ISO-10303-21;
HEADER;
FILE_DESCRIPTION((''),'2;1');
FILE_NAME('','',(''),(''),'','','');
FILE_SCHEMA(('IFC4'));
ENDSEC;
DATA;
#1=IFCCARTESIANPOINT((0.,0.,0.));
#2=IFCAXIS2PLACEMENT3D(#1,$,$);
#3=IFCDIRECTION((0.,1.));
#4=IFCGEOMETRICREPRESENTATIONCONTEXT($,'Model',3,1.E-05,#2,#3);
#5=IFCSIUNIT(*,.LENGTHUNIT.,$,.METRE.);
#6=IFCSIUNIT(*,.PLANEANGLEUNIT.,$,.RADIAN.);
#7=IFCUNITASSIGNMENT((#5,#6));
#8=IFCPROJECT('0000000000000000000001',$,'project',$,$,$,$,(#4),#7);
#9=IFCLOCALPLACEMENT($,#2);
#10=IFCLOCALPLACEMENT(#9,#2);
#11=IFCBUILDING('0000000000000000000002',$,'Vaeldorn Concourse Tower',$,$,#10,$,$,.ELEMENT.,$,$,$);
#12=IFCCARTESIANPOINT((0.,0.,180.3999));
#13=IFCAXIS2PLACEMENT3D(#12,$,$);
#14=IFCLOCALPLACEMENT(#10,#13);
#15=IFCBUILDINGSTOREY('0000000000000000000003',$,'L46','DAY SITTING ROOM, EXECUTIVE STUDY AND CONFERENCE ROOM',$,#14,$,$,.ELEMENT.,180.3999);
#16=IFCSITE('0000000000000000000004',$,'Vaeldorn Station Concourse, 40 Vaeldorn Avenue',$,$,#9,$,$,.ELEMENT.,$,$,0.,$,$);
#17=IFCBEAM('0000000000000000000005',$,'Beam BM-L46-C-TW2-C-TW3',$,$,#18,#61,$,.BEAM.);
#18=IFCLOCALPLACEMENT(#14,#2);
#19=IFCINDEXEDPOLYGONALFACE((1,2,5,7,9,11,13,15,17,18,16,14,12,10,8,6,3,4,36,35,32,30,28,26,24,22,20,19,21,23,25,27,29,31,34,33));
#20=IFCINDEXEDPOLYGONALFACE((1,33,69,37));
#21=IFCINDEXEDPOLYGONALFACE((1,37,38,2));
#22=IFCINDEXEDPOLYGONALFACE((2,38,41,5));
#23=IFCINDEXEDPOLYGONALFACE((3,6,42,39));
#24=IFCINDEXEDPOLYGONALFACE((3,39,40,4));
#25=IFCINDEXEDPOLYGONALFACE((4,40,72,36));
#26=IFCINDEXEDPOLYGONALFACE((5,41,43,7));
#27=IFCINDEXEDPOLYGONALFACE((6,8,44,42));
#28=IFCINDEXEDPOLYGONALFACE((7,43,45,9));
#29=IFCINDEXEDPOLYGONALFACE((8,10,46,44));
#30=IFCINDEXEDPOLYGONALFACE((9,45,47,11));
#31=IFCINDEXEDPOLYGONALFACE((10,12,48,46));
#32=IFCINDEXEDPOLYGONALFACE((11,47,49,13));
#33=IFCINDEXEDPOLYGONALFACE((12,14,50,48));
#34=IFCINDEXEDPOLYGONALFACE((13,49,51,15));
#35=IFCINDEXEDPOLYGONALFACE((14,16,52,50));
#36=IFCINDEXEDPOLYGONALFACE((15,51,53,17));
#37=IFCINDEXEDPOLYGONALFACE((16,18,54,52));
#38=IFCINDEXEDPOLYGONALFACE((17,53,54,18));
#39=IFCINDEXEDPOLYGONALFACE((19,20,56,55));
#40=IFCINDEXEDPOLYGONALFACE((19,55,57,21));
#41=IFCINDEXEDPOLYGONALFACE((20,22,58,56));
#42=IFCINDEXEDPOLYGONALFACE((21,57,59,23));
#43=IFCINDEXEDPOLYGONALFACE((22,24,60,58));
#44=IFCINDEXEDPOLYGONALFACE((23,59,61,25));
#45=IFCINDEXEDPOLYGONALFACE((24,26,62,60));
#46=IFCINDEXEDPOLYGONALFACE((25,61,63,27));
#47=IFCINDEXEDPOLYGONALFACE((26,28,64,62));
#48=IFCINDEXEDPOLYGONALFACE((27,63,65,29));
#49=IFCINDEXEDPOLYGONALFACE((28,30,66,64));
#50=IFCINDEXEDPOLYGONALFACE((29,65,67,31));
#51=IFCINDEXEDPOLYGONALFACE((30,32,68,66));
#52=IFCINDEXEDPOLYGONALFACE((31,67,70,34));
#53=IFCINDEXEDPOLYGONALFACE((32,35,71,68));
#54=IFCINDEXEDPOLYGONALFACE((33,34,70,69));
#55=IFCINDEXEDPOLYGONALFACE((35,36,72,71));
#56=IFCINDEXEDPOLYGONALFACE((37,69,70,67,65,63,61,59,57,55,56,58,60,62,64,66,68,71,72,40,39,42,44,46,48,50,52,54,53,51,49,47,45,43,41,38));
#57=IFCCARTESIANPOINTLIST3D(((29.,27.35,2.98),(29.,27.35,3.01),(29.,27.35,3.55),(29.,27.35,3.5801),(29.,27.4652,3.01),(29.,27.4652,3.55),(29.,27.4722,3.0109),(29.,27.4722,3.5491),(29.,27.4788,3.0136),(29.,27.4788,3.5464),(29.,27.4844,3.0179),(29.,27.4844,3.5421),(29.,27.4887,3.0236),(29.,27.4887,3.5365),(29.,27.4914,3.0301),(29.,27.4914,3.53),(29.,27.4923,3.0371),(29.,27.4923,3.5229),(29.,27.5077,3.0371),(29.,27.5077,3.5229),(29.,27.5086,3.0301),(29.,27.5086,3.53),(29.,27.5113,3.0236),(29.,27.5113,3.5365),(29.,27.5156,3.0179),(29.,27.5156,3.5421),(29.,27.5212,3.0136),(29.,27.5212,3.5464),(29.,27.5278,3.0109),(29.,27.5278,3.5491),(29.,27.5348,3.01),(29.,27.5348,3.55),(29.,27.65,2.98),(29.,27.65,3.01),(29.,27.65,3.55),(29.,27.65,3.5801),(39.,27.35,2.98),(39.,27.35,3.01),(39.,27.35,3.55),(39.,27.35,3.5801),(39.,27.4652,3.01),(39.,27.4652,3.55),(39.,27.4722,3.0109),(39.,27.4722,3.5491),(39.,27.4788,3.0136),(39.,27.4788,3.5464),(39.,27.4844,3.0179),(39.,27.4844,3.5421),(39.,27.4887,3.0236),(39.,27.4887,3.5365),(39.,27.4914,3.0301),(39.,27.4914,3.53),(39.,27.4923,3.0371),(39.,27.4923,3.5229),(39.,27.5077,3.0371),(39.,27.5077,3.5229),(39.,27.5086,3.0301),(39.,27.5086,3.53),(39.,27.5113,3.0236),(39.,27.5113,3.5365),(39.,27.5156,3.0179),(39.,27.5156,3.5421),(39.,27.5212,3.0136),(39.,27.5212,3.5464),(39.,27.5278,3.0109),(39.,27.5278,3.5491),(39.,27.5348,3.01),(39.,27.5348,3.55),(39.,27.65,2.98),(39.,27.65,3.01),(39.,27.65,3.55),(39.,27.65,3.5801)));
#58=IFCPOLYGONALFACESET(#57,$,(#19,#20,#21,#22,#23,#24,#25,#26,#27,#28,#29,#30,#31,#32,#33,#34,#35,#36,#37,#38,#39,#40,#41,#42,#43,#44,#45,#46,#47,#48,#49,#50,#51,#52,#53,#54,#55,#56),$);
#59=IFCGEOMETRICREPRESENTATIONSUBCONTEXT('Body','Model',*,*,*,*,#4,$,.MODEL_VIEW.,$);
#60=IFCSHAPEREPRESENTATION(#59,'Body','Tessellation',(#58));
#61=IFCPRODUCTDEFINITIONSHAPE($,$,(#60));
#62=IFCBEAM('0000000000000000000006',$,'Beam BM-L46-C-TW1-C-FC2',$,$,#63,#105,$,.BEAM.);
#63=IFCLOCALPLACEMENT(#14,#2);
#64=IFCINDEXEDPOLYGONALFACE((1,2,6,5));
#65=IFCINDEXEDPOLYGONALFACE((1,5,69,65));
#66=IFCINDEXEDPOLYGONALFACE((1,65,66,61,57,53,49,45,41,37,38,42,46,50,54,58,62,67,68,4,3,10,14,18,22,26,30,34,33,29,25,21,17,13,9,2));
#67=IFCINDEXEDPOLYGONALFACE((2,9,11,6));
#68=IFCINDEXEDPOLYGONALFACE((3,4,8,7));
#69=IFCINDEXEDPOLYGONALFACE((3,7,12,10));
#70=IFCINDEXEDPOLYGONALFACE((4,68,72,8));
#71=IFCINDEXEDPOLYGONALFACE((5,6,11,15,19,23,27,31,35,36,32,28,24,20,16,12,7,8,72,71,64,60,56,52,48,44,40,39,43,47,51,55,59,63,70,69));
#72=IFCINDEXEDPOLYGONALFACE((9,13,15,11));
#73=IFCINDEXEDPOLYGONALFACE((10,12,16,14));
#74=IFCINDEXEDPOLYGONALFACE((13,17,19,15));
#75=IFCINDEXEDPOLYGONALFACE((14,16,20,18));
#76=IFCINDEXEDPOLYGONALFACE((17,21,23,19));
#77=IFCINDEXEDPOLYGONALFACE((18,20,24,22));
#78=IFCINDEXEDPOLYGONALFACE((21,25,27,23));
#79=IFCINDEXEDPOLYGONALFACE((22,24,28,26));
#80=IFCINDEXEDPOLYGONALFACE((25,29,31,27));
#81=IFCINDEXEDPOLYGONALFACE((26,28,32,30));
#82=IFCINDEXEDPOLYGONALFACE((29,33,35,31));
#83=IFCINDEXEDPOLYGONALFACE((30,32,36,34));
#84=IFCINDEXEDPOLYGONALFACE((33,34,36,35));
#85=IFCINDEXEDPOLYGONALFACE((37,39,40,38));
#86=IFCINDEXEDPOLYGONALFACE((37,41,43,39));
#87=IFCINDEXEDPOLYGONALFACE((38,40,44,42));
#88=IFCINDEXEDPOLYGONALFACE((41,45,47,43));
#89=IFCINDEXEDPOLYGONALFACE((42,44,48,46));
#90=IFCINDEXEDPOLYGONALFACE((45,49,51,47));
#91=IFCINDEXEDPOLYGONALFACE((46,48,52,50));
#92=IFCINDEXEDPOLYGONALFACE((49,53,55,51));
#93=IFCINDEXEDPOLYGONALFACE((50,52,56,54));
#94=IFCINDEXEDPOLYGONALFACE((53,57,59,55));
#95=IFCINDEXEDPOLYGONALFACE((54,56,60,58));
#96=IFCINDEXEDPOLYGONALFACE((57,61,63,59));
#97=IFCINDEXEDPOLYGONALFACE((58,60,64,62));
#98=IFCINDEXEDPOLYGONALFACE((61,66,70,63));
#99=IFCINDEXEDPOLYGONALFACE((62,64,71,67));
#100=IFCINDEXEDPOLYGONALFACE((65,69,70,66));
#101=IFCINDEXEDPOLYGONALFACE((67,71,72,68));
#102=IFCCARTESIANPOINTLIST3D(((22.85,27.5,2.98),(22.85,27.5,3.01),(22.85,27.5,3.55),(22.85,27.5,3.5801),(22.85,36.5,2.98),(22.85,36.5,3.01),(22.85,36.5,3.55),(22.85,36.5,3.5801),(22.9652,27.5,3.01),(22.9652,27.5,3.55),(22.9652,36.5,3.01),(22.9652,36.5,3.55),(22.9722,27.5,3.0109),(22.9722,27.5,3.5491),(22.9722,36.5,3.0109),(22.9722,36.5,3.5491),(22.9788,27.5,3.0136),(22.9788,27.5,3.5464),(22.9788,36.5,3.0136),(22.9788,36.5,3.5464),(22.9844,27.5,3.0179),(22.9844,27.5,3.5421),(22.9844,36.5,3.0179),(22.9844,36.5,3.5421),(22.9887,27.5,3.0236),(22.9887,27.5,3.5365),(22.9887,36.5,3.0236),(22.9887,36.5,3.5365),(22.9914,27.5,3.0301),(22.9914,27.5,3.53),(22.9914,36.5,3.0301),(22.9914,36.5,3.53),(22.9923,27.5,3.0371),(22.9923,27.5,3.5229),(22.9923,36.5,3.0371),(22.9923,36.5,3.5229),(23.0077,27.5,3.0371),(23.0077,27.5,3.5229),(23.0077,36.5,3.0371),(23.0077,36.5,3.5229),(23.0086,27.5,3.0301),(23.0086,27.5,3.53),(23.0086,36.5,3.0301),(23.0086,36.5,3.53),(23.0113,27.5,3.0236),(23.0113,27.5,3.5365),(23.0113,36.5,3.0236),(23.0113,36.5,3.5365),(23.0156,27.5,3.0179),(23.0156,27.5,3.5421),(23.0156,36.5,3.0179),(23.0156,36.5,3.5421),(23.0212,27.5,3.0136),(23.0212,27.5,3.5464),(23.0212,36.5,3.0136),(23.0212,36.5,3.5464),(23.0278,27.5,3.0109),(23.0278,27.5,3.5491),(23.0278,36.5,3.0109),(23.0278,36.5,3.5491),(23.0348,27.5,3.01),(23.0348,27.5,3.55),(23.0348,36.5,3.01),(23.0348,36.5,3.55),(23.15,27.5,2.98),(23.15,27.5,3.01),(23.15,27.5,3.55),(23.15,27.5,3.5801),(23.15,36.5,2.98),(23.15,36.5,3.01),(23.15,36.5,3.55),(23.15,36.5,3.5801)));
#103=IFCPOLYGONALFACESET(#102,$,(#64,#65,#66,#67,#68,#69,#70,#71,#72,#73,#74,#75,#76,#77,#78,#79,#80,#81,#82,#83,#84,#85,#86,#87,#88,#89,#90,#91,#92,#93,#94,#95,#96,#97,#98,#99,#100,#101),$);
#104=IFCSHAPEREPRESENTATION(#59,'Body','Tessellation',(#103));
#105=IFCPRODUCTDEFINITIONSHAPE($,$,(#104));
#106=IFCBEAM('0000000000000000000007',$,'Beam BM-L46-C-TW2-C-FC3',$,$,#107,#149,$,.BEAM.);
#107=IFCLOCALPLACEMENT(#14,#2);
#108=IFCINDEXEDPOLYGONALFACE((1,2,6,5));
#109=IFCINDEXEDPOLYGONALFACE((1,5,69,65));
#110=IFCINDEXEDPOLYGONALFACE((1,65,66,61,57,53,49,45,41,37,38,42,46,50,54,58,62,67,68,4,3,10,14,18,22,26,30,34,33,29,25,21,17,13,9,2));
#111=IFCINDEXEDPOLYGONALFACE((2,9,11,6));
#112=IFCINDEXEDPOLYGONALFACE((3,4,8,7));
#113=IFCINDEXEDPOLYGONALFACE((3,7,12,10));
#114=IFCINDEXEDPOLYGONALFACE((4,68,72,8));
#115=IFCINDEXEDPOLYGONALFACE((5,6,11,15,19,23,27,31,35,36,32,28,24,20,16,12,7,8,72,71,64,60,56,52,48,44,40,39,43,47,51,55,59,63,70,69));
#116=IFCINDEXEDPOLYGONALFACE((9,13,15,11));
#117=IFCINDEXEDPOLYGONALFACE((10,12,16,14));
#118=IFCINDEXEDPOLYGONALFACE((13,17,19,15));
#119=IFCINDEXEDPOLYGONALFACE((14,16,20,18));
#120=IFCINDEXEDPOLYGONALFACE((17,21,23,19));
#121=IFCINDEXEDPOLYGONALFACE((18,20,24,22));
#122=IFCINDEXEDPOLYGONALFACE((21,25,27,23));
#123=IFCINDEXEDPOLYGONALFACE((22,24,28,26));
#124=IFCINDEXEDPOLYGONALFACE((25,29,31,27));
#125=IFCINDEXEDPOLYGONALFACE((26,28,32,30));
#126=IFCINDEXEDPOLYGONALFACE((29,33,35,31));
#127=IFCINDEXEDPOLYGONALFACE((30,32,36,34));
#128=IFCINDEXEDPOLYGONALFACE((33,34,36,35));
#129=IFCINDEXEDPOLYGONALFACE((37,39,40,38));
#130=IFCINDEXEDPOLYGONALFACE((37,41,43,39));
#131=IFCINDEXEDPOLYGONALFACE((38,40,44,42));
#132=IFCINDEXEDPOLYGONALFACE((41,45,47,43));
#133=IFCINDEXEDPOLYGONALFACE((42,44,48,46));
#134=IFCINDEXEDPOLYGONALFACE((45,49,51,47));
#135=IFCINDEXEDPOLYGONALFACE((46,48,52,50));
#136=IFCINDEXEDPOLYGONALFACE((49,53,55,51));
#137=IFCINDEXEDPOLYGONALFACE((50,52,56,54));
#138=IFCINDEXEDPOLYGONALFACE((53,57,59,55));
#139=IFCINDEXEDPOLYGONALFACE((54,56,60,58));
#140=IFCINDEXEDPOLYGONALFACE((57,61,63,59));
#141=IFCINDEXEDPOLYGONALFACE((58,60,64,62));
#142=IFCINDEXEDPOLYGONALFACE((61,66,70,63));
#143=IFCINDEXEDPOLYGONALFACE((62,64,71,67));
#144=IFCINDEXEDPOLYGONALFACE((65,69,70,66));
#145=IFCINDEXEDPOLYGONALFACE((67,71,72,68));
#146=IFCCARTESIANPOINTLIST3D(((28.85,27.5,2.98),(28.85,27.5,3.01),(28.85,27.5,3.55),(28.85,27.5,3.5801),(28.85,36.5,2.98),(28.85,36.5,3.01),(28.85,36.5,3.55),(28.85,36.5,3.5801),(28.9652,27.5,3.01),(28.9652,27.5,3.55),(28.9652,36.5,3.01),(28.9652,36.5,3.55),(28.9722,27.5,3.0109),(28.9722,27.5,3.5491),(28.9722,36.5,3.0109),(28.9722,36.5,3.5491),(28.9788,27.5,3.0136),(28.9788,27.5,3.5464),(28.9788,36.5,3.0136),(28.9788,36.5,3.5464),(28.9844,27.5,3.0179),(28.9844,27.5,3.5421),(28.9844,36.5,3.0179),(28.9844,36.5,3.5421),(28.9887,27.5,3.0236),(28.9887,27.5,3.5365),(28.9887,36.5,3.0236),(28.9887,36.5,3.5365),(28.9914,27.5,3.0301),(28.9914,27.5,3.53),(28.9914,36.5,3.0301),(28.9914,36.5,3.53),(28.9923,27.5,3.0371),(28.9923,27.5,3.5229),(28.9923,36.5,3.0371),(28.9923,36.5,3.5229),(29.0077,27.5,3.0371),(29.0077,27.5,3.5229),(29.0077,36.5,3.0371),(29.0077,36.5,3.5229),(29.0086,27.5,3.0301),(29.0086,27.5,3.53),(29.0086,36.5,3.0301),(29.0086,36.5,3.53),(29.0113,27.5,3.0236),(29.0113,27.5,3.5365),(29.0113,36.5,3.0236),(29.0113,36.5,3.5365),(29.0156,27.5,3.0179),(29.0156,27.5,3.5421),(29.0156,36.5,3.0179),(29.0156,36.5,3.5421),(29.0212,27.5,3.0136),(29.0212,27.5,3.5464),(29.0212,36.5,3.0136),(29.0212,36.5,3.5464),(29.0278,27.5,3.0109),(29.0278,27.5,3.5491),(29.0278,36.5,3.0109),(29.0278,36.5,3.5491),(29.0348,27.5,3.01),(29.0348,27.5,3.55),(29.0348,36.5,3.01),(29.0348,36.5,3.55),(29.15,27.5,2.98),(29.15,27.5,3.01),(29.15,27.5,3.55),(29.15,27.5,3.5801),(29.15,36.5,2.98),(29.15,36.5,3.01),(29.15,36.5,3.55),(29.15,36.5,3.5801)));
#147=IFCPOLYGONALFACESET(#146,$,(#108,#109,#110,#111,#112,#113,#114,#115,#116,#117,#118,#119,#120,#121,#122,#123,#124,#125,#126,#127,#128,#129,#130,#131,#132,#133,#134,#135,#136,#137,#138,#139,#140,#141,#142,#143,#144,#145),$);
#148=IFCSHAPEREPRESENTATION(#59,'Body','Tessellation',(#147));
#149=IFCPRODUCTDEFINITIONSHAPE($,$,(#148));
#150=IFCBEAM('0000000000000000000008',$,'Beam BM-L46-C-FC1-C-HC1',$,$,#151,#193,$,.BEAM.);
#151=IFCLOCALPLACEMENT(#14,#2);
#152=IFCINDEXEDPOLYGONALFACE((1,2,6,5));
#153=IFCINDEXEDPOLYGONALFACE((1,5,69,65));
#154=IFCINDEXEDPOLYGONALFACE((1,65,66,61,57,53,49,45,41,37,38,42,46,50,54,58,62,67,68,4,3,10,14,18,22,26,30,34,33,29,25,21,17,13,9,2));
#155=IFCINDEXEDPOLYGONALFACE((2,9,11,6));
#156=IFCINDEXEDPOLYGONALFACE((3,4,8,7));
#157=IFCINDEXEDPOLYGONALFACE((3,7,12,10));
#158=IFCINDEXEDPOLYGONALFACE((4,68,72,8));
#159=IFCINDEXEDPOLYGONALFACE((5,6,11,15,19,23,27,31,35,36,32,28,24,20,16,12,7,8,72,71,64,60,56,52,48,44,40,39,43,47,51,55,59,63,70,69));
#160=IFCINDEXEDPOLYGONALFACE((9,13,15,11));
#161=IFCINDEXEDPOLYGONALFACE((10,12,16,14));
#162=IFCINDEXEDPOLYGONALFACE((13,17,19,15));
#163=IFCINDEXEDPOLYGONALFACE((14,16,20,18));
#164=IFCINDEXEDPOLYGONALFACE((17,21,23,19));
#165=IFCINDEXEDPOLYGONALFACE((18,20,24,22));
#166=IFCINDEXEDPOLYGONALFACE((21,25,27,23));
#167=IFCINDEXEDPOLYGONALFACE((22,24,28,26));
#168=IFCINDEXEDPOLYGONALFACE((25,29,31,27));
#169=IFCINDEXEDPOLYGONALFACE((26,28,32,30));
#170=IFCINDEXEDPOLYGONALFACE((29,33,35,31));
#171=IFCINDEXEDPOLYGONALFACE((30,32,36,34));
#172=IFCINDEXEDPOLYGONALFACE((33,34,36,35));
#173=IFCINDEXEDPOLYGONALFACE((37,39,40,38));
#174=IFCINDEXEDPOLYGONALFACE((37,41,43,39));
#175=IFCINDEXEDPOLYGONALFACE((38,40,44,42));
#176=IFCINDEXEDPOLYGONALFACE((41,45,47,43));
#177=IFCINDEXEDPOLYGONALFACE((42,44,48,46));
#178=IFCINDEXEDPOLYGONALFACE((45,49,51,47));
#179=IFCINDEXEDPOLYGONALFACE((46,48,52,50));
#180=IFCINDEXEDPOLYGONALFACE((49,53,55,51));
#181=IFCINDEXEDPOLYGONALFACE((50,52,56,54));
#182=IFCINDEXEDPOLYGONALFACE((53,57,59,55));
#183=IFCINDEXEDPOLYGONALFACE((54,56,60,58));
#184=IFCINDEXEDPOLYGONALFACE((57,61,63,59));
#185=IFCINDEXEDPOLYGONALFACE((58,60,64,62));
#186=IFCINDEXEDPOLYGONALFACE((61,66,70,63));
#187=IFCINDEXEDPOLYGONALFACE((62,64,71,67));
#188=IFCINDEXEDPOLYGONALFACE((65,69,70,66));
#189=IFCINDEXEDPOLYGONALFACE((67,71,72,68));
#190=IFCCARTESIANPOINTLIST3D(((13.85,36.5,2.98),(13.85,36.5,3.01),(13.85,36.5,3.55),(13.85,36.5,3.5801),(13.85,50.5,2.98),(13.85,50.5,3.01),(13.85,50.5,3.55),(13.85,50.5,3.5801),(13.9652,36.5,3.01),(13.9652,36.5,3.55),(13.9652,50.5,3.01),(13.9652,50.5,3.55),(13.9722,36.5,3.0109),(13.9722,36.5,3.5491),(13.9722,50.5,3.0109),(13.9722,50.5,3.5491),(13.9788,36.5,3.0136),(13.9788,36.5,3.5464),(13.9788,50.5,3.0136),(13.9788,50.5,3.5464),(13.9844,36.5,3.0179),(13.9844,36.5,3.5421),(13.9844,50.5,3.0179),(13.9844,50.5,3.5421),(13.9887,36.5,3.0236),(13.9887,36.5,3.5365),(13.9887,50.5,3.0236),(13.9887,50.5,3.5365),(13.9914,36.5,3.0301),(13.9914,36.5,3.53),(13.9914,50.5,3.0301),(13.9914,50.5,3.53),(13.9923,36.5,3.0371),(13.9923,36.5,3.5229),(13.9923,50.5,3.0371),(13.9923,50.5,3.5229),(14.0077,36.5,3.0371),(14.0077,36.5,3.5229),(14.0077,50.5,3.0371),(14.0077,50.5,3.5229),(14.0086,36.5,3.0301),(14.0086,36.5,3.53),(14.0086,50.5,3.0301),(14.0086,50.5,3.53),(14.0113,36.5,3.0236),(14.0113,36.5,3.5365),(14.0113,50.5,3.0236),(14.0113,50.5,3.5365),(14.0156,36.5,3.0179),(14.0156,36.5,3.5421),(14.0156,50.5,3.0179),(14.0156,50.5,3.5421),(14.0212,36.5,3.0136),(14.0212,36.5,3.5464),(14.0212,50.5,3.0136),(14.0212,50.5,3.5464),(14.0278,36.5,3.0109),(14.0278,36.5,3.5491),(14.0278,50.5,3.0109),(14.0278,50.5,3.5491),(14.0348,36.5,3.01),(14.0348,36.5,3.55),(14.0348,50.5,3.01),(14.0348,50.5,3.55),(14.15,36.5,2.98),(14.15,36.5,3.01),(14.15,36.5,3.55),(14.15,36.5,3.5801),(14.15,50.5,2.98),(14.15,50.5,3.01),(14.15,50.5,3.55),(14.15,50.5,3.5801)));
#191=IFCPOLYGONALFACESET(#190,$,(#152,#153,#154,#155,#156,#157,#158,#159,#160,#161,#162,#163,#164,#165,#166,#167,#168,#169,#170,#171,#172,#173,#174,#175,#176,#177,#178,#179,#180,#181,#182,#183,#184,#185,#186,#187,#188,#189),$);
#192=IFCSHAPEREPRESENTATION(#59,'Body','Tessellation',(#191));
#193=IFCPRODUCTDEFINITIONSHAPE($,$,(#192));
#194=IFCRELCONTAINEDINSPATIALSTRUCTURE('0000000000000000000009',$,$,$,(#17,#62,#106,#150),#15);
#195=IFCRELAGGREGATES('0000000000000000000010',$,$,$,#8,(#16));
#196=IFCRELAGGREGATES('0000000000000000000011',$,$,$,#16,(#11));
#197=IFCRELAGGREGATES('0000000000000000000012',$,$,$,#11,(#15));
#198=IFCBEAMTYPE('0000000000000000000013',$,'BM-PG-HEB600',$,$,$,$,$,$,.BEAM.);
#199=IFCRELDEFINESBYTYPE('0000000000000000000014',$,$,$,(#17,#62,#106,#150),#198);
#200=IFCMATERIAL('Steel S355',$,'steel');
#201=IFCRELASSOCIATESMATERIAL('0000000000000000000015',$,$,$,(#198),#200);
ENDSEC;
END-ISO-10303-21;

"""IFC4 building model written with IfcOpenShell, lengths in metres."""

from ifc_helpers import new_model, si_unit, direction, frame, origin, origin_2d, place, context, subcontext, project, spatial, i_section, extrude, source, transform, mapped, material, material_profile, profile_set, type_object, element, save


model = new_model("IFC4")

# Units and contexts
model_context = context("Model", 3, precision=1e-05, world=origin(), true_north=direction((0.0, 1.0)))
body_context = subcontext(model_context, "Body", "Model", "MODEL_VIEW")
ifc_project = project(units=[si_unit("LENGTHUNIT", "METRE"), si_unit("PLANEANGLEUNIT", "RADIAN")], contexts=[model_context])

# Site, building, storey
site_placement = place(None, origin())
site = spatial("IfcSite", under=ifc_project, at=site_placement, Name="Vaeldorn Station Concourse, 40 Vaeldorn Avenue", CompositionType="ELEMENT", RefElevation=0.0)
building_placement = place(site_placement, origin())
building = spatial("IfcBuilding", under=site, at=building_placement, Name="Vaeldorn Concourse Tower", CompositionType="ELEMENT")
storey_placement = place(building_placement, frame((0.0, 0.0, 180.3999)))
storey = spatial("IfcBuildingStorey", under=building, at=storey_placement, Name="L46", Description="DAY SITTING ROOM, EXECUTIVE STUDY AND CONFERENCE ROOM", CompositionType="ELEMENT", Elevation=180.3999)

# Shared definitions
ifc_material_1 = material(Name="Steel S355", Category="steel")

# Beams
ifc_material_profile_1 = material_profile(ifc_material_1, i_section(OverallWidth=0.3, OverallDepth=0.6001, WebThickness=0.0154, FlangeThickness=0.03, FilletRadius=0.0271, at=origin_2d()), Name="HEB 600")
ifc_profile_set_1 = profile_set([ifc_material_profile_1], Name="Steel S355")
beam_type_1 = type_object("IfcBeamType", Name="BM-PG-HEB600", PredefinedType="BEAM", material=ifc_profile_set_1)
shared_shape_1 = source(origin(), body_context, "Body", "SweptSolid", [
    extrude(i_section(OverallWidth=0.3, OverallDepth=0.6001, WebThickness=0.0154, FlangeThickness=0.03, FilletRadius=0.0271, at=origin_2d()), origin(), (0.0, 0.0, 1.0), 10.0),
])
for number, where, z_axis, x_axis, name in (
    (1, (29.0, 27.5, 3.28), (1.0, 0.0, 0.0), (0.0, 1.0, 0.0), "Beam BM-L46-C-TW2-C-TW3"),
):
    element("IfcBeam", number, at=place(storey_placement, frame(where, z_axis=z_axis, x_axis=x_axis)), inside=storey, type_object=beam_type_1, Name=name, PredefinedType="BEAM", context=body_context, shape_type="MappedRepresentation", body=[
        mapped(shared_shape_1, transform((0.0, 0.0, 0.0), scale=1.0)),
    ])
shared_shape_2 = source(origin(), body_context, "Body", "SweptSolid", [
    extrude(i_section(OverallWidth=0.3, OverallDepth=0.6001, WebThickness=0.0154, FlangeThickness=0.03, FilletRadius=0.0271, at=origin_2d()), origin(), (0.0, 0.0, 1.0), 9.0),
])
for number, where, z_axis, x_axis, name in (
    (2, (23.0, 27.5, 3.28), (0.0, 1.0, 0.0), (-1.0, 0.0, 0.0), "Beam BM-L46-C-TW1-C-FC2"),
    (3, (29.0, 27.5, 3.28), (0.0, 1.0, 0.0), (-1.0, 0.0, 0.0), "Beam BM-L46-C-TW2-C-FC3"),
):
    element("IfcBeam", number, at=place(storey_placement, frame(where, z_axis=z_axis, x_axis=x_axis)), inside=storey, type_object=beam_type_1, Name=name, PredefinedType="BEAM", context=body_context, shape_type="MappedRepresentation", body=[
        mapped(shared_shape_2, transform((0.0, 0.0, 0.0), scale=1.0)),
    ])
shared_shape_3 = source(origin(), body_context, "Body", "SweptSolid", [
    extrude(i_section(OverallWidth=0.3, OverallDepth=0.6001, WebThickness=0.0154, FlangeThickness=0.03, FilletRadius=0.0271, at=origin_2d()), origin(), (0.0, 0.0, 1.0), 14.0),
])
for number, where, z_axis, x_axis, name in (
    (4, (14.0, 36.5, 3.28), (0.0, 1.0, 0.0), (-1.0, 0.0, 0.0), "Beam BM-L46-C-FC1-C-HC1"),
):
    element("IfcBeam", number, at=place(storey_placement, frame(where, z_axis=z_axis, x_axis=x_axis)), inside=storey, type_object=beam_type_1, Name=name, PredefinedType="BEAM", context=body_context, shape_type="MappedRepresentation", body=[
        mapped(shared_shape_3, transform((0.0, 0.0, 0.0), scale=1.0)),
    ])

save(model, "model.ifc")
